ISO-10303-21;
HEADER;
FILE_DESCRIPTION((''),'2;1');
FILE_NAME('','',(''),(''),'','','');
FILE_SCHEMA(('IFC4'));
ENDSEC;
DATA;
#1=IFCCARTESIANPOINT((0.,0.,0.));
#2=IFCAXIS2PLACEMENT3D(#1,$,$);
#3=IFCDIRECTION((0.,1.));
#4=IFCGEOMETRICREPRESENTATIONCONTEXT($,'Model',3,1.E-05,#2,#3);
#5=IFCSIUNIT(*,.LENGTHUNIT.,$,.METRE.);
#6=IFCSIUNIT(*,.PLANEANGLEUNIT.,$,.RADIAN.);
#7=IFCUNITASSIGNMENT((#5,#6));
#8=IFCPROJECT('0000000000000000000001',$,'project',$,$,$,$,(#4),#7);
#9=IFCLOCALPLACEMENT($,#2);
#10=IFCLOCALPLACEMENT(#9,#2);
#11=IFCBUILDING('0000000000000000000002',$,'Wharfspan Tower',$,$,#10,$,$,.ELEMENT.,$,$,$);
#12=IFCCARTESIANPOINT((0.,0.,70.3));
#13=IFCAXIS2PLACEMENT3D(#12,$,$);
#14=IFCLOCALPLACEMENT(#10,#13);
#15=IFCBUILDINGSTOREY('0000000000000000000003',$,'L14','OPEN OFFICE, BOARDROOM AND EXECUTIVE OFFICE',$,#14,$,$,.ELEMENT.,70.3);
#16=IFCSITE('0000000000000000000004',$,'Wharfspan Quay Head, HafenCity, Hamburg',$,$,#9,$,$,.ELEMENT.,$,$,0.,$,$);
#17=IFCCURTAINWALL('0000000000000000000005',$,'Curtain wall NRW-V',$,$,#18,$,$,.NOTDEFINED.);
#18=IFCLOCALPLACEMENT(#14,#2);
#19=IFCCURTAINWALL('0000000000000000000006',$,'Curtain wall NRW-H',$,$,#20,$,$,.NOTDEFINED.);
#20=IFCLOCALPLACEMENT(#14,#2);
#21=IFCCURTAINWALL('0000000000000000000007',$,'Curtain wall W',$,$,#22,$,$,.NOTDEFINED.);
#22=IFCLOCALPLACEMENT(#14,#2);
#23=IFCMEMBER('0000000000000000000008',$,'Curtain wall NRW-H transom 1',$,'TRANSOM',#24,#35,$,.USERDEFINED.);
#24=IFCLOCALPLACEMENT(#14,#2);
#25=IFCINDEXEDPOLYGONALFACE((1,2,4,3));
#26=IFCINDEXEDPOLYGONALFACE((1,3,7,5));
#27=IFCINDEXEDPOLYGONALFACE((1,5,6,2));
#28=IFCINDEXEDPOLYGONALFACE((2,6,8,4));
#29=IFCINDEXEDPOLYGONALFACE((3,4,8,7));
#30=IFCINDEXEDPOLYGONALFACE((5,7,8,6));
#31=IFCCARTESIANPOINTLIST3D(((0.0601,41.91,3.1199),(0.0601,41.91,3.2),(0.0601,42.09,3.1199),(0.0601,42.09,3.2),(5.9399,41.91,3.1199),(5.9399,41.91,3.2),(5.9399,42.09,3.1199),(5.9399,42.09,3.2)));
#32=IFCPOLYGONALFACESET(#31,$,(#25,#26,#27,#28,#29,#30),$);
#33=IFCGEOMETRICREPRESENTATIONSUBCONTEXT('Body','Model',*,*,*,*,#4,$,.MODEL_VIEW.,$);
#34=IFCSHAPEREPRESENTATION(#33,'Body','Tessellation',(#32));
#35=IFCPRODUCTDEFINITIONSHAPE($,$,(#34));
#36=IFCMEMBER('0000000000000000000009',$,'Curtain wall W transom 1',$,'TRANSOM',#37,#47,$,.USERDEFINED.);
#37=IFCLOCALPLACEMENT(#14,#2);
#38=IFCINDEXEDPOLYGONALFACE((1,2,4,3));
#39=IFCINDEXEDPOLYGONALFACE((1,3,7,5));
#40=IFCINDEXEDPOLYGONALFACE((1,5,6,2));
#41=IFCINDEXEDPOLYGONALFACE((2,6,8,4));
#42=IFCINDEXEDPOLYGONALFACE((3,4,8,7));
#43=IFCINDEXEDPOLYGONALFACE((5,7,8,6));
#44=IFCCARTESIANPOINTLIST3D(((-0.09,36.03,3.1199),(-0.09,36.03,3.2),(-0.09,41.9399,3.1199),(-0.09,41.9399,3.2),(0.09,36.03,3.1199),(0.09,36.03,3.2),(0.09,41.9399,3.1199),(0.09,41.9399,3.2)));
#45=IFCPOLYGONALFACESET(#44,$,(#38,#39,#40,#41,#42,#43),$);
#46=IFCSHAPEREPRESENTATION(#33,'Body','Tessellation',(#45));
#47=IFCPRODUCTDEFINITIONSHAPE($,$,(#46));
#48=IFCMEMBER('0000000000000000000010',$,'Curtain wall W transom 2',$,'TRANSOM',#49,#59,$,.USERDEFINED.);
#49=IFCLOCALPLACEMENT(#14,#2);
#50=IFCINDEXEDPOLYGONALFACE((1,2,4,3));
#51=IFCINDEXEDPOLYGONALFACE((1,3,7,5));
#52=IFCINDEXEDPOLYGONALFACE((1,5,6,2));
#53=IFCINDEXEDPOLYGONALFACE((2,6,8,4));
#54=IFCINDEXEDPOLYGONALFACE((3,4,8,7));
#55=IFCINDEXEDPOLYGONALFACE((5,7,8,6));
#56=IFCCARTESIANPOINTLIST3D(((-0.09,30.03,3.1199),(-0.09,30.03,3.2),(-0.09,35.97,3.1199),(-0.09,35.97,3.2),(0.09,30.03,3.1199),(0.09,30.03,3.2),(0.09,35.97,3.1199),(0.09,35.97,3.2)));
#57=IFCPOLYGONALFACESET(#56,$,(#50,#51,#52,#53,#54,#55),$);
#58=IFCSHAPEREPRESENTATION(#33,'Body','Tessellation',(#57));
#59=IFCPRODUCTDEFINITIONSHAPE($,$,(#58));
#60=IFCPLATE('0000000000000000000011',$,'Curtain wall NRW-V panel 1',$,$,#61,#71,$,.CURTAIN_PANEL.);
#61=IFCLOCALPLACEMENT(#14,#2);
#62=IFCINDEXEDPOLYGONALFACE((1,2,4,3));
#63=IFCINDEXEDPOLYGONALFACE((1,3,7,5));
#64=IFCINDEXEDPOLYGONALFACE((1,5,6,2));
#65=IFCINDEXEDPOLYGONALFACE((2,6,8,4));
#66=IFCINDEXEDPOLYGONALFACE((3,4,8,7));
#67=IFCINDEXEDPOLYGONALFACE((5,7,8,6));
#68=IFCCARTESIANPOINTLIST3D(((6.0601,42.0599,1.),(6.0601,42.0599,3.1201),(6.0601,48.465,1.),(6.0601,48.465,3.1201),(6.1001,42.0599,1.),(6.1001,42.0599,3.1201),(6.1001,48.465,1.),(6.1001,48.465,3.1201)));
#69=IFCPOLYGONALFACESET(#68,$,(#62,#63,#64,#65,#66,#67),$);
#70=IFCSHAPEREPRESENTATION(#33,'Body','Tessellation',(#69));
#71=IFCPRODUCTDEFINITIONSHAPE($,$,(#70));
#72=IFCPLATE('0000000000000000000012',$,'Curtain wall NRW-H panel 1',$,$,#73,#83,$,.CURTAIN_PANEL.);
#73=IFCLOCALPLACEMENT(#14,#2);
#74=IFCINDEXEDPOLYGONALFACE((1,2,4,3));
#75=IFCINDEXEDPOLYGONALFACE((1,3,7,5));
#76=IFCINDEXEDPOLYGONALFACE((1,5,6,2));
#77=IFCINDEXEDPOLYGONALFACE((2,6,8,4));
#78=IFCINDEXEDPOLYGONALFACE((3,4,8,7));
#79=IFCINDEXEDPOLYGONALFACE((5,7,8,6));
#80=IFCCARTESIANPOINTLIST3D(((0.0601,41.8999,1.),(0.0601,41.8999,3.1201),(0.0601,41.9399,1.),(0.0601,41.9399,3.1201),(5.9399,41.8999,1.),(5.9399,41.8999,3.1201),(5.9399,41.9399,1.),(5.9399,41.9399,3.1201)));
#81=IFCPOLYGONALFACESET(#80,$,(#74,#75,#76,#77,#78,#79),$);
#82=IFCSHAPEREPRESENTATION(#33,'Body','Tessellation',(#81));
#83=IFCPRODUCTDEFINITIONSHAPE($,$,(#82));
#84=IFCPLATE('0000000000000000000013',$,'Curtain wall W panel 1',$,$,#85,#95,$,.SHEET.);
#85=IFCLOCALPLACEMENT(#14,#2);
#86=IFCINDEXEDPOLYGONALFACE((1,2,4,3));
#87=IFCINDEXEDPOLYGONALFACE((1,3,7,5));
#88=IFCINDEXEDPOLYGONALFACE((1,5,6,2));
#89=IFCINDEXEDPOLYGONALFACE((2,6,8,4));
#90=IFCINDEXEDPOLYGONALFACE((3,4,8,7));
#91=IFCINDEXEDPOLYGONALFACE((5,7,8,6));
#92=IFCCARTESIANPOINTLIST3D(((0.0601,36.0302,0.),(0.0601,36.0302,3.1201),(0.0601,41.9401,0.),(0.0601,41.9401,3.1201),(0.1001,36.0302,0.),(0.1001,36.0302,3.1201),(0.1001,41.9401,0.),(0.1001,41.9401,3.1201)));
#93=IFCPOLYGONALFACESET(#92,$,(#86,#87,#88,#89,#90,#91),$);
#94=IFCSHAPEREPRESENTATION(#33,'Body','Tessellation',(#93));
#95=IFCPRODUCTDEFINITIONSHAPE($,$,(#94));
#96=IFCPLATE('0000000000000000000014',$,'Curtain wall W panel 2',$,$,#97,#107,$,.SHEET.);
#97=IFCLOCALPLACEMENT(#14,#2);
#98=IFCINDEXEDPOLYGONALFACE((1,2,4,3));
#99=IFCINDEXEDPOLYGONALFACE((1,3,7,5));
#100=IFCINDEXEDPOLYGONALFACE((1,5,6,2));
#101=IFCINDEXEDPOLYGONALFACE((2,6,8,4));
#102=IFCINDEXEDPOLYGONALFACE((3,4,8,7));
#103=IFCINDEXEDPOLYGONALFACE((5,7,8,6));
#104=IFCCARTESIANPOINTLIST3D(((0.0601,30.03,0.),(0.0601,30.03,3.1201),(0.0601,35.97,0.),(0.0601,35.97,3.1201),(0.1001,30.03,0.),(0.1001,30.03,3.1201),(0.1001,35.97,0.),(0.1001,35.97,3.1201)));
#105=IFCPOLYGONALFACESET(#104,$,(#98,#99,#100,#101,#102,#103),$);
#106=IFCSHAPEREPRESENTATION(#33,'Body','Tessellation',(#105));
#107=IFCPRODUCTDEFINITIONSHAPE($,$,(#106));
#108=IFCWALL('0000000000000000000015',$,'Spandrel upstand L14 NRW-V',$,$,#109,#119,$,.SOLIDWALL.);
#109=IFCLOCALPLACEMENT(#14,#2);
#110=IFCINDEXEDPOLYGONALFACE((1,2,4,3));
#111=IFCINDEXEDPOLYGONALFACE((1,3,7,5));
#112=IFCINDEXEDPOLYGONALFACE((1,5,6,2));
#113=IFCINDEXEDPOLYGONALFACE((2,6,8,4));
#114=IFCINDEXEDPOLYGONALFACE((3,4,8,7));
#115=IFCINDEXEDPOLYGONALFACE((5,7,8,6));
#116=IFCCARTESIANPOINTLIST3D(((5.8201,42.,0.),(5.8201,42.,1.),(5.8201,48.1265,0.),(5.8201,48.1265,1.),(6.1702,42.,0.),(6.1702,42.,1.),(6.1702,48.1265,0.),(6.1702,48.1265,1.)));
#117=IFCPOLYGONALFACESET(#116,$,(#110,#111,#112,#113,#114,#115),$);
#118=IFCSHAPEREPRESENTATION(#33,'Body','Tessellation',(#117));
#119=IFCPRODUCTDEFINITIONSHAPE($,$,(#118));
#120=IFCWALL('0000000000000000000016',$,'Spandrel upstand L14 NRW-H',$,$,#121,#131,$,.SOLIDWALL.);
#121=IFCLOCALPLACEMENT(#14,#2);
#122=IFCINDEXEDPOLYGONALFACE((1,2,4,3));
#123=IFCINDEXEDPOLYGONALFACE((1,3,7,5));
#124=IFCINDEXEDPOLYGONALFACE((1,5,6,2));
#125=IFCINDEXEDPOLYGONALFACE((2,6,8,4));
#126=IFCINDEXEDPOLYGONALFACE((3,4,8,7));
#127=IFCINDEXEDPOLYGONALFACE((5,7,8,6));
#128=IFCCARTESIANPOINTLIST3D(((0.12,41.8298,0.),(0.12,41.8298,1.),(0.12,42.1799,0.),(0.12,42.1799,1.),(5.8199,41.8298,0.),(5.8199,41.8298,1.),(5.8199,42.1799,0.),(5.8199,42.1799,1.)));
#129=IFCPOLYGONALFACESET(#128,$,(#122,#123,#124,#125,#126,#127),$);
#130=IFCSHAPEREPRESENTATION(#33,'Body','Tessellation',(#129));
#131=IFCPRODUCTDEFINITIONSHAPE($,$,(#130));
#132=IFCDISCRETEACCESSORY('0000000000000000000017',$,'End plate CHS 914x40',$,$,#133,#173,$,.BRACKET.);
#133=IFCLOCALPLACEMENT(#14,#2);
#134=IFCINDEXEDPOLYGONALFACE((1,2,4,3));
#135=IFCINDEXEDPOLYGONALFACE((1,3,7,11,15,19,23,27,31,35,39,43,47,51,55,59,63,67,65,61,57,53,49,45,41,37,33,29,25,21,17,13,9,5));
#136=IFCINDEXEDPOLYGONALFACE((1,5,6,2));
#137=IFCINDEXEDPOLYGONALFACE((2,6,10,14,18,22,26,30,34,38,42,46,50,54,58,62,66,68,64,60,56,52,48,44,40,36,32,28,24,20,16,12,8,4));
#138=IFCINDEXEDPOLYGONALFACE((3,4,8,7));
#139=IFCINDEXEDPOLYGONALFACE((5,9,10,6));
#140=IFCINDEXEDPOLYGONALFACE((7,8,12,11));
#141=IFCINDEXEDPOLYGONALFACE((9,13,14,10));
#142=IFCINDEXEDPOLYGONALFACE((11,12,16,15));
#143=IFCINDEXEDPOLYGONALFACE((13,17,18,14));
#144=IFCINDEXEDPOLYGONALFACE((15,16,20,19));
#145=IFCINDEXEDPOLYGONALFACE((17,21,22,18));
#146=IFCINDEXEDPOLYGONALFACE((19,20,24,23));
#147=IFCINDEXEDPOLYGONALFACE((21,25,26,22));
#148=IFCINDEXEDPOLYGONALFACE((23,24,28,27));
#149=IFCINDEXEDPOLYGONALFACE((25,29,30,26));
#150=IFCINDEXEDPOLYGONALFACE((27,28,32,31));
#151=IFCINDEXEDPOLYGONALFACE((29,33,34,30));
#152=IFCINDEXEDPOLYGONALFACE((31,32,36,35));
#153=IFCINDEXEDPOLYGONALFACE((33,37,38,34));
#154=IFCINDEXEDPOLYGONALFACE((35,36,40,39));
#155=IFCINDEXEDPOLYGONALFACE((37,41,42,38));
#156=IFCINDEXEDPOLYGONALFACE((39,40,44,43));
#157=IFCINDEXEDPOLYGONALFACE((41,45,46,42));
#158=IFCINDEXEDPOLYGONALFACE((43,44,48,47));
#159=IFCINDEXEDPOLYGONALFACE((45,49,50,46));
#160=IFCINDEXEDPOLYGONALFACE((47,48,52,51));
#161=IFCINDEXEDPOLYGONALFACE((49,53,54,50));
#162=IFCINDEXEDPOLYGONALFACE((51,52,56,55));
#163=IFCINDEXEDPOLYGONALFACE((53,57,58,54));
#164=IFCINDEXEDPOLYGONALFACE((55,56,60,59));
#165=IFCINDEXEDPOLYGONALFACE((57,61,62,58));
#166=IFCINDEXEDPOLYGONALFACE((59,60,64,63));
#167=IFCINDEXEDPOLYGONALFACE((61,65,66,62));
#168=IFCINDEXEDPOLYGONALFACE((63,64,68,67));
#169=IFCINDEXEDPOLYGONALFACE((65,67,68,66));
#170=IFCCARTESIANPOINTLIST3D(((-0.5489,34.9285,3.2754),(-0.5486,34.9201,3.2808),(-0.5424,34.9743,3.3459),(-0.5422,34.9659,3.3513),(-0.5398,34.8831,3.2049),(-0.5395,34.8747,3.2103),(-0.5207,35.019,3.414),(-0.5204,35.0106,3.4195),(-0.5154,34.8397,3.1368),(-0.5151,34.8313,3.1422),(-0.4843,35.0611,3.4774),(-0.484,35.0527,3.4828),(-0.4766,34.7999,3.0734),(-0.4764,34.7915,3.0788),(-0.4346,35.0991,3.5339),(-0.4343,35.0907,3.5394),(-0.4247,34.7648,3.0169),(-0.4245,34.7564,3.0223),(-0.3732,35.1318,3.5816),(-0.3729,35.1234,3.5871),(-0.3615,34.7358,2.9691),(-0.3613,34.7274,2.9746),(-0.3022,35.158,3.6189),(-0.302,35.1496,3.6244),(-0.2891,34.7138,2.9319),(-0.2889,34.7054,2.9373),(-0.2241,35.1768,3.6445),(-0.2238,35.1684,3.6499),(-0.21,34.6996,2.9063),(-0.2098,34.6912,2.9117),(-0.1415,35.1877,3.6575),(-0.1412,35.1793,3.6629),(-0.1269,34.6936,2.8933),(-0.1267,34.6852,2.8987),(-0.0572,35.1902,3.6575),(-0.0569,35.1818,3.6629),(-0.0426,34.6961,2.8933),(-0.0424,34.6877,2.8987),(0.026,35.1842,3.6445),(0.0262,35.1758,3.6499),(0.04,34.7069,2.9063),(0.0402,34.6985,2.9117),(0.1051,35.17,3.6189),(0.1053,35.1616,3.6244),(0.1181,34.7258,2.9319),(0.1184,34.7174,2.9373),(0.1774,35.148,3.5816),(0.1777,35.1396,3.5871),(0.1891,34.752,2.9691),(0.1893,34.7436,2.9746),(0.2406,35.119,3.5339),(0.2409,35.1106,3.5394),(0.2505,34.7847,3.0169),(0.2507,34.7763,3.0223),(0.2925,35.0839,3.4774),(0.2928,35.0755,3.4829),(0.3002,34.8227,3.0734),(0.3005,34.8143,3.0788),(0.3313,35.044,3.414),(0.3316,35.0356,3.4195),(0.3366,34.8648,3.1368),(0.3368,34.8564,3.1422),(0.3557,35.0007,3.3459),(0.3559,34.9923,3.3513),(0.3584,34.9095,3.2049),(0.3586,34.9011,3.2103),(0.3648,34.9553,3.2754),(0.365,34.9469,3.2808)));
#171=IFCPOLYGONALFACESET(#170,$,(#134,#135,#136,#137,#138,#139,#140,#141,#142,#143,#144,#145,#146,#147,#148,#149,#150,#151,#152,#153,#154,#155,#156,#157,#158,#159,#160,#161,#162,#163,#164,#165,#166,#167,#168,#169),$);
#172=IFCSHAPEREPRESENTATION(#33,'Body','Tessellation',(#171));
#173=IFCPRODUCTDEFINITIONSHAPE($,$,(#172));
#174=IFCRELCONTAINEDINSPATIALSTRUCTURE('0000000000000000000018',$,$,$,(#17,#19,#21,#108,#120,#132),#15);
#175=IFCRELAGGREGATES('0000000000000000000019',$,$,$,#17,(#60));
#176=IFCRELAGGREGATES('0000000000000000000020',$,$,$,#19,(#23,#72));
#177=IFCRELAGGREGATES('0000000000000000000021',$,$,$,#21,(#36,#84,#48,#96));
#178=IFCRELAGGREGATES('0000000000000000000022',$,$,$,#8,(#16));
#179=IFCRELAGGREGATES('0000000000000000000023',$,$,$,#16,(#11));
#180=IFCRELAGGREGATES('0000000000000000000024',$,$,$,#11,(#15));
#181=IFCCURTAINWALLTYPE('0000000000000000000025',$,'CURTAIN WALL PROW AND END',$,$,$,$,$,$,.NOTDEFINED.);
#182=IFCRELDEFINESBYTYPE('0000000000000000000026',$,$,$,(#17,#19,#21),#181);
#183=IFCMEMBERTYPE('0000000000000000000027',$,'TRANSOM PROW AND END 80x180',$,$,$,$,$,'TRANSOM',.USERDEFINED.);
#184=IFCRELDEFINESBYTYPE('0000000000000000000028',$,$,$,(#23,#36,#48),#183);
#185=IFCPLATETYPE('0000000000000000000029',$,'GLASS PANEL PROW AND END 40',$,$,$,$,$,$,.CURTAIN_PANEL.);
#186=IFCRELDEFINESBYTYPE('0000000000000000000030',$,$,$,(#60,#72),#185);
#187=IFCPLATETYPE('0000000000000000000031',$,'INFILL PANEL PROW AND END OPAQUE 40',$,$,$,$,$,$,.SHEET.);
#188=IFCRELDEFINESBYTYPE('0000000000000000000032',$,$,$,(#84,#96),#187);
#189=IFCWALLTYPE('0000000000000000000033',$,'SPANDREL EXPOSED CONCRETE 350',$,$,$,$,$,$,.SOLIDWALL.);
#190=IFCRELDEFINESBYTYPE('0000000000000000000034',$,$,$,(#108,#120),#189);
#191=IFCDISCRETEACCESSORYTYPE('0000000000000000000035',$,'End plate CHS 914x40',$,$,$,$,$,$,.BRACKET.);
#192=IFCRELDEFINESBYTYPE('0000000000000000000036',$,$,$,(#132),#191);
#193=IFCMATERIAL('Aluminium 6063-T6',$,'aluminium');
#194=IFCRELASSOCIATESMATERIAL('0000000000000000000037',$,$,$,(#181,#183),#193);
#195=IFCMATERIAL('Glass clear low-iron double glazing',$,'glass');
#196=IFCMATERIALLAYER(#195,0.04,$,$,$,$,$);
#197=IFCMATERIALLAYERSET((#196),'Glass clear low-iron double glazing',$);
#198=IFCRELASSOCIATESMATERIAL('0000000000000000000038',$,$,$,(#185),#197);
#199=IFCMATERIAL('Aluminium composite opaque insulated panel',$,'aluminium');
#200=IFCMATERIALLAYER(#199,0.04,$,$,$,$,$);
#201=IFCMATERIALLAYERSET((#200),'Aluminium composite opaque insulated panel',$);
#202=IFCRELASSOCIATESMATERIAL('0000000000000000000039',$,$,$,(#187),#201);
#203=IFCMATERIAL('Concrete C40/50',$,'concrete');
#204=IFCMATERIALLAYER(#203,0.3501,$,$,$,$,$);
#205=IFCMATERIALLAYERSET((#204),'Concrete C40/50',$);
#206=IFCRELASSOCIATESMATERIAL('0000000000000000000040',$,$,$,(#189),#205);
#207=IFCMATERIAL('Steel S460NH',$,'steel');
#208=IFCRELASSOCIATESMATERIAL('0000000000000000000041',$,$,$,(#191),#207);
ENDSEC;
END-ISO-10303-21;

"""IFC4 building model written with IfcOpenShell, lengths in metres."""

from ifc_helpers import new_model, si_unit, direction, frame, frame_2d, origin, origin_2d, place, context, subcontext, project, spatial, rectangle, circle, extrude, material, layer, layer_set, material_profile, profile_set, type_object, element, aggregate, save


model = new_model("IFC4")

# Units and contexts
model_context = context("Model", 3, precision=1e-05, world=origin(), true_north=direction((0.0, 1.0)))
body_context = subcontext(model_context, "Body", "Model", "MODEL_VIEW")
ifc_project = project(units=[si_unit("LENGTHUNIT", "METRE"), si_unit("PLANEANGLEUNIT", "RADIAN")], contexts=[model_context])

# Site, building, storey
site_placement = place(None, origin())
site = spatial("IfcSite", under=ifc_project, at=site_placement, Name="Wharfspan Quay Head, HafenCity, Hamburg", CompositionType="ELEMENT", RefElevation=0.0)
building_placement = place(site_placement, origin())
building = spatial("IfcBuilding", under=site, at=building_placement, Name="Wharfspan Tower", CompositionType="ELEMENT")
storey_placement = place(building_placement, frame((0.0, 0.0, 70.3)))
storey = spatial("IfcBuildingStorey", under=building, at=storey_placement, Name="L14", Description="OPEN OFFICE, BOARDROOM AND EXECUTIVE OFFICE", CompositionType="ELEMENT", Elevation=70.3)

# Curtain walls
ifc_material_1 = material(Name="Aluminium 6063-T6", Category="aluminium")
curtain_wall_type = type_object("IfcCurtainWallType", Name="CURTAIN WALL PROW AND END", PredefinedType="NOTDEFINED", material=ifc_material_1)
curtain_wall_1_placement = place(storey_placement, origin())
curtain_wall_1 = element("IfcCurtainWall", 1, at=curtain_wall_1_placement, inside=storey, type_object=curtain_wall_type, Name="Curtain wall NRW-V", PredefinedType="NOTDEFINED")
curtain_wall_2_placement = place(storey_placement, origin())
curtain_wall_2 = element("IfcCurtainWall", 2, at=curtain_wall_2_placement, inside=storey, type_object=curtain_wall_type, Name="Curtain wall NRW-H", PredefinedType="NOTDEFINED")
curtain_wall_3_placement = place(storey_placement, origin())
curtain_wall_3 = element("IfcCurtainWall", 3, at=curtain_wall_3_placement, inside=storey, type_object=curtain_wall_type, Name="Curtain wall W", PredefinedType="NOTDEFINED")

# Shared definitions
ifc_material_2 = material(Name="Steel S460NH", Category="steel")

# Members
ifc_material_profile_1 = material_profile(ifc_material_1, rectangle(XDim=0.1799, YDim=0.0801, at=origin_2d()))
ifc_profile_set_1 = profile_set([ifc_material_profile_1], Name="Aluminium 6063-T6")
member_type_1 = type_object("IfcMemberType", Name="TRANSOM PROW AND END 80x180", ElementType="TRANSOM", PredefinedType="USERDEFINED", material=ifc_profile_set_1)
member_1_placement = place(storey_placement, frame((5.9399, 42.0, 3.1599), z_axis=(-1.0, 0.0, 0.0), x_axis=(0.0, -1.0, 0.0)))
member_1 = element("IfcMember", 4, at=member_1_placement, type_object=member_type_1, Name="Curtain wall NRW-H transom 1", ObjectType="TRANSOM", PredefinedType="USERDEFINED", context=body_context, shape_type="SweptSolid", body=[
    extrude(rectangle(XDim=0.1799, YDim=0.0801, at=origin_2d()), origin(), (0.0, 0.0, 1.0), 5.8799),
])
member_2_placement = place(storey_placement, frame((0.0, 41.9399, 3.1599), z_axis=(0.0, -1.0, 0.0), x_axis=(1.0, 0.0, 0.0)))
member_2 = element("IfcMember", 5, at=member_2_placement, type_object=member_type_1, Name="Curtain wall W transom 1", ObjectType="TRANSOM", PredefinedType="USERDEFINED", context=body_context, shape_type="SweptSolid", body=[
    extrude(rectangle(XDim=0.1799, YDim=0.0801, at=origin_2d()), origin(), (0.0, 0.0, 1.0), 5.9099),
])
member_3_placement = place(storey_placement, frame((0.0, 35.97, 3.1599), z_axis=(0.0, -1.0, 0.0), x_axis=(1.0, 0.0, 0.0)))
member_3 = element("IfcMember", 6, at=member_3_placement, type_object=member_type_1, Name="Curtain wall W transom 2", ObjectType="TRANSOM", PredefinedType="USERDEFINED", context=body_context, shape_type="SweptSolid", body=[
    extrude(rectangle(XDim=0.1799, YDim=0.0801, at=origin_2d()), origin(), (0.0, 0.0, 1.0), 5.9399),
])

# Plates
ifc_material_3 = material(Name="Glass clear low-iron double glazing", Category="glass")
ifc_layer_1 = layer(ifc_material_3, 0.04)
ifc_layer_set_1 = layer_set([ifc_layer_1], Name="Glass clear low-iron double glazing")
plate_type_1 = type_object("IfcPlateType", Name="GLASS PANEL PROW AND END 40", PredefinedType="CURTAIN_PANEL", material=ifc_layer_set_1)
plate_1_placement = place(storey_placement, frame((6.0801, 45.2625, 1.0), z_axis=(0.0, 0.0, 1.0), x_axis=(0.0, -1.0, 0.0)))
plate_1 = element("IfcPlate", 7, at=plate_1_placement, type_object=plate_type_1, Name="Curtain wall NRW-V panel 1", PredefinedType="CURTAIN_PANEL", context=body_context, shape_type="SweptSolid", body=[
    extrude(rectangle(XDim=6.405, YDim=0.04, at=origin_2d()), origin(), (0.0, 0.0, 1.0), 2.1201),
])
aggregate(curtain_wall_1, [plate_1])
plate_2_placement = place(storey_placement, frame((3.0, 41.9199, 1.0), z_axis=(0.0, 0.0, 1.0), x_axis=(-1.0, 0.0, 0.0)))
plate_2 = element("IfcPlate", 8, at=plate_2_placement, type_object=plate_type_1, Name="Curtain wall NRW-H panel 1", PredefinedType="CURTAIN_PANEL", context=body_context, shape_type="SweptSolid", body=[
    extrude(rectangle(XDim=5.8799, YDim=0.04, at=origin_2d()), origin(), (0.0, 0.0, 1.0), 2.1201),
])
aggregate(curtain_wall_2, [member_1, plate_2])
ifc_material_4 = material(Name="Aluminium composite opaque insulated panel", Category="aluminium")
ifc_layer_2 = layer(ifc_material_4, 0.04)
ifc_layer_set_2 = layer_set([ifc_layer_2], Name="Aluminium composite opaque insulated panel")
plate_type_2 = type_object("IfcPlateType", Name="INFILL PANEL PROW AND END OPAQUE 40", PredefinedType="SHEET", material=ifc_layer_set_2)
plate_3_placement = place(storey_placement, frame((0.0801, 38.9851, 0.0), z_axis=(0.0, 0.0, 1.0), x_axis=(0.0, -1.0, 0.0)))
plate_3 = element("IfcPlate", 9, at=plate_3_placement, type_object=plate_type_2, Name="Curtain wall W panel 1", PredefinedType="SHEET", context=body_context, shape_type="SweptSolid", body=[
    extrude(rectangle(XDim=5.9099, YDim=0.04, at=origin_2d()), origin(), (0.0, 0.0, 1.0), 3.1201),
])
plate_4_placement = place(storey_placement, frame((0.0801, 33.0, 0.0), z_axis=(0.0, 0.0, 1.0), x_axis=(0.0, -1.0, 0.0)))
plate_4 = element("IfcPlate", 10, at=plate_4_placement, type_object=plate_type_2, Name="Curtain wall W panel 2", PredefinedType="SHEET", context=body_context, shape_type="SweptSolid", body=[
    extrude(rectangle(XDim=5.9399, YDim=0.04, at=origin_2d()), origin(), (0.0, 0.0, 1.0), 3.1201),
])
aggregate(curtain_wall_3, [member_2, plate_3, member_3, plate_4])

# Walls
ifc_material_5 = material(Name="Concrete C40/50", Category="concrete")
ifc_layer_3 = layer(ifc_material_5, 0.3501)
ifc_layer_set_3 = layer_set([ifc_layer_3], Name="Concrete C40/50")
wall_type = type_object("IfcWallType", Name="SPANDREL EXPOSED CONCRETE 350", PredefinedType="SOLIDWALL", material=ifc_layer_set_3)
wall_1_placement = place(storey_placement, frame((5.9951, 48.1265, 0.0), z_axis=(0.0, 0.0, 1.0), x_axis=(0.0, -1.0, 0.0)))
element("IfcWall", 11, at=wall_1_placement, inside=storey, type_object=wall_type, Name="Spandrel upstand L14 NRW-V", PredefinedType="SOLIDWALL", context=body_context, shape_type="SweptSolid", body=[
    extrude(rectangle(XDim=6.1265, YDim=0.3501, at=frame_2d((3.0632, 0.0))), origin(), (0.0, 0.0, 1.0), 1.0),
])
wall_2_placement = place(storey_placement, frame((5.8201, 42.0049, 0.0), z_axis=(0.0, 0.0, 1.0), x_axis=(-1.0, 0.0, 0.0)))
element("IfcWall", 12, at=wall_2_placement, inside=storey, type_object=wall_type, Name="Spandrel upstand L14 NRW-H", PredefinedType="SOLIDWALL", context=body_context, shape_type="SweptSolid", body=[
    extrude(rectangle(XDim=5.7, YDim=0.3501, at=frame_2d((2.8501, 0.0))), origin(), (0.0, 0.0, 1.0), 1.0),
])

# Discrete accessory
ifc_material_profile_2 = material_profile(ifc_material_2, circle(Radius=0.457, at=origin_2d()))
ifc_profile_set_2 = profile_set([ifc_material_profile_2], Name="Steel S460NH")
discrete_accessory_type = type_object("IfcDiscreteAccessoryType", Name="End plate CHS 914x40", PredefinedType="BRACKET", material=ifc_profile_set_2)
for number, where, z_axis, x_axis, name in (
    (13, (-0.092, 34.9419, 3.2754), (0.024686, -0.839314, 0.543086), (0.999566, 0.0294, 0.000001), "End plate CHS 914x40"),
):
    element("IfcDiscreteAccessory", number, at=place(storey_placement, frame(where, z_axis=z_axis, x_axis=x_axis)), inside=storey, type_object=discrete_accessory_type, Name=name, PredefinedType="BRACKET", context=body_context, shape_type="SweptSolid", body=[
        extrude(circle(Radius=0.457, at=origin_2d()), origin(), (0.0, 0.0, 1.0), 0.01),
    ])

save(model, "model.ifc")
